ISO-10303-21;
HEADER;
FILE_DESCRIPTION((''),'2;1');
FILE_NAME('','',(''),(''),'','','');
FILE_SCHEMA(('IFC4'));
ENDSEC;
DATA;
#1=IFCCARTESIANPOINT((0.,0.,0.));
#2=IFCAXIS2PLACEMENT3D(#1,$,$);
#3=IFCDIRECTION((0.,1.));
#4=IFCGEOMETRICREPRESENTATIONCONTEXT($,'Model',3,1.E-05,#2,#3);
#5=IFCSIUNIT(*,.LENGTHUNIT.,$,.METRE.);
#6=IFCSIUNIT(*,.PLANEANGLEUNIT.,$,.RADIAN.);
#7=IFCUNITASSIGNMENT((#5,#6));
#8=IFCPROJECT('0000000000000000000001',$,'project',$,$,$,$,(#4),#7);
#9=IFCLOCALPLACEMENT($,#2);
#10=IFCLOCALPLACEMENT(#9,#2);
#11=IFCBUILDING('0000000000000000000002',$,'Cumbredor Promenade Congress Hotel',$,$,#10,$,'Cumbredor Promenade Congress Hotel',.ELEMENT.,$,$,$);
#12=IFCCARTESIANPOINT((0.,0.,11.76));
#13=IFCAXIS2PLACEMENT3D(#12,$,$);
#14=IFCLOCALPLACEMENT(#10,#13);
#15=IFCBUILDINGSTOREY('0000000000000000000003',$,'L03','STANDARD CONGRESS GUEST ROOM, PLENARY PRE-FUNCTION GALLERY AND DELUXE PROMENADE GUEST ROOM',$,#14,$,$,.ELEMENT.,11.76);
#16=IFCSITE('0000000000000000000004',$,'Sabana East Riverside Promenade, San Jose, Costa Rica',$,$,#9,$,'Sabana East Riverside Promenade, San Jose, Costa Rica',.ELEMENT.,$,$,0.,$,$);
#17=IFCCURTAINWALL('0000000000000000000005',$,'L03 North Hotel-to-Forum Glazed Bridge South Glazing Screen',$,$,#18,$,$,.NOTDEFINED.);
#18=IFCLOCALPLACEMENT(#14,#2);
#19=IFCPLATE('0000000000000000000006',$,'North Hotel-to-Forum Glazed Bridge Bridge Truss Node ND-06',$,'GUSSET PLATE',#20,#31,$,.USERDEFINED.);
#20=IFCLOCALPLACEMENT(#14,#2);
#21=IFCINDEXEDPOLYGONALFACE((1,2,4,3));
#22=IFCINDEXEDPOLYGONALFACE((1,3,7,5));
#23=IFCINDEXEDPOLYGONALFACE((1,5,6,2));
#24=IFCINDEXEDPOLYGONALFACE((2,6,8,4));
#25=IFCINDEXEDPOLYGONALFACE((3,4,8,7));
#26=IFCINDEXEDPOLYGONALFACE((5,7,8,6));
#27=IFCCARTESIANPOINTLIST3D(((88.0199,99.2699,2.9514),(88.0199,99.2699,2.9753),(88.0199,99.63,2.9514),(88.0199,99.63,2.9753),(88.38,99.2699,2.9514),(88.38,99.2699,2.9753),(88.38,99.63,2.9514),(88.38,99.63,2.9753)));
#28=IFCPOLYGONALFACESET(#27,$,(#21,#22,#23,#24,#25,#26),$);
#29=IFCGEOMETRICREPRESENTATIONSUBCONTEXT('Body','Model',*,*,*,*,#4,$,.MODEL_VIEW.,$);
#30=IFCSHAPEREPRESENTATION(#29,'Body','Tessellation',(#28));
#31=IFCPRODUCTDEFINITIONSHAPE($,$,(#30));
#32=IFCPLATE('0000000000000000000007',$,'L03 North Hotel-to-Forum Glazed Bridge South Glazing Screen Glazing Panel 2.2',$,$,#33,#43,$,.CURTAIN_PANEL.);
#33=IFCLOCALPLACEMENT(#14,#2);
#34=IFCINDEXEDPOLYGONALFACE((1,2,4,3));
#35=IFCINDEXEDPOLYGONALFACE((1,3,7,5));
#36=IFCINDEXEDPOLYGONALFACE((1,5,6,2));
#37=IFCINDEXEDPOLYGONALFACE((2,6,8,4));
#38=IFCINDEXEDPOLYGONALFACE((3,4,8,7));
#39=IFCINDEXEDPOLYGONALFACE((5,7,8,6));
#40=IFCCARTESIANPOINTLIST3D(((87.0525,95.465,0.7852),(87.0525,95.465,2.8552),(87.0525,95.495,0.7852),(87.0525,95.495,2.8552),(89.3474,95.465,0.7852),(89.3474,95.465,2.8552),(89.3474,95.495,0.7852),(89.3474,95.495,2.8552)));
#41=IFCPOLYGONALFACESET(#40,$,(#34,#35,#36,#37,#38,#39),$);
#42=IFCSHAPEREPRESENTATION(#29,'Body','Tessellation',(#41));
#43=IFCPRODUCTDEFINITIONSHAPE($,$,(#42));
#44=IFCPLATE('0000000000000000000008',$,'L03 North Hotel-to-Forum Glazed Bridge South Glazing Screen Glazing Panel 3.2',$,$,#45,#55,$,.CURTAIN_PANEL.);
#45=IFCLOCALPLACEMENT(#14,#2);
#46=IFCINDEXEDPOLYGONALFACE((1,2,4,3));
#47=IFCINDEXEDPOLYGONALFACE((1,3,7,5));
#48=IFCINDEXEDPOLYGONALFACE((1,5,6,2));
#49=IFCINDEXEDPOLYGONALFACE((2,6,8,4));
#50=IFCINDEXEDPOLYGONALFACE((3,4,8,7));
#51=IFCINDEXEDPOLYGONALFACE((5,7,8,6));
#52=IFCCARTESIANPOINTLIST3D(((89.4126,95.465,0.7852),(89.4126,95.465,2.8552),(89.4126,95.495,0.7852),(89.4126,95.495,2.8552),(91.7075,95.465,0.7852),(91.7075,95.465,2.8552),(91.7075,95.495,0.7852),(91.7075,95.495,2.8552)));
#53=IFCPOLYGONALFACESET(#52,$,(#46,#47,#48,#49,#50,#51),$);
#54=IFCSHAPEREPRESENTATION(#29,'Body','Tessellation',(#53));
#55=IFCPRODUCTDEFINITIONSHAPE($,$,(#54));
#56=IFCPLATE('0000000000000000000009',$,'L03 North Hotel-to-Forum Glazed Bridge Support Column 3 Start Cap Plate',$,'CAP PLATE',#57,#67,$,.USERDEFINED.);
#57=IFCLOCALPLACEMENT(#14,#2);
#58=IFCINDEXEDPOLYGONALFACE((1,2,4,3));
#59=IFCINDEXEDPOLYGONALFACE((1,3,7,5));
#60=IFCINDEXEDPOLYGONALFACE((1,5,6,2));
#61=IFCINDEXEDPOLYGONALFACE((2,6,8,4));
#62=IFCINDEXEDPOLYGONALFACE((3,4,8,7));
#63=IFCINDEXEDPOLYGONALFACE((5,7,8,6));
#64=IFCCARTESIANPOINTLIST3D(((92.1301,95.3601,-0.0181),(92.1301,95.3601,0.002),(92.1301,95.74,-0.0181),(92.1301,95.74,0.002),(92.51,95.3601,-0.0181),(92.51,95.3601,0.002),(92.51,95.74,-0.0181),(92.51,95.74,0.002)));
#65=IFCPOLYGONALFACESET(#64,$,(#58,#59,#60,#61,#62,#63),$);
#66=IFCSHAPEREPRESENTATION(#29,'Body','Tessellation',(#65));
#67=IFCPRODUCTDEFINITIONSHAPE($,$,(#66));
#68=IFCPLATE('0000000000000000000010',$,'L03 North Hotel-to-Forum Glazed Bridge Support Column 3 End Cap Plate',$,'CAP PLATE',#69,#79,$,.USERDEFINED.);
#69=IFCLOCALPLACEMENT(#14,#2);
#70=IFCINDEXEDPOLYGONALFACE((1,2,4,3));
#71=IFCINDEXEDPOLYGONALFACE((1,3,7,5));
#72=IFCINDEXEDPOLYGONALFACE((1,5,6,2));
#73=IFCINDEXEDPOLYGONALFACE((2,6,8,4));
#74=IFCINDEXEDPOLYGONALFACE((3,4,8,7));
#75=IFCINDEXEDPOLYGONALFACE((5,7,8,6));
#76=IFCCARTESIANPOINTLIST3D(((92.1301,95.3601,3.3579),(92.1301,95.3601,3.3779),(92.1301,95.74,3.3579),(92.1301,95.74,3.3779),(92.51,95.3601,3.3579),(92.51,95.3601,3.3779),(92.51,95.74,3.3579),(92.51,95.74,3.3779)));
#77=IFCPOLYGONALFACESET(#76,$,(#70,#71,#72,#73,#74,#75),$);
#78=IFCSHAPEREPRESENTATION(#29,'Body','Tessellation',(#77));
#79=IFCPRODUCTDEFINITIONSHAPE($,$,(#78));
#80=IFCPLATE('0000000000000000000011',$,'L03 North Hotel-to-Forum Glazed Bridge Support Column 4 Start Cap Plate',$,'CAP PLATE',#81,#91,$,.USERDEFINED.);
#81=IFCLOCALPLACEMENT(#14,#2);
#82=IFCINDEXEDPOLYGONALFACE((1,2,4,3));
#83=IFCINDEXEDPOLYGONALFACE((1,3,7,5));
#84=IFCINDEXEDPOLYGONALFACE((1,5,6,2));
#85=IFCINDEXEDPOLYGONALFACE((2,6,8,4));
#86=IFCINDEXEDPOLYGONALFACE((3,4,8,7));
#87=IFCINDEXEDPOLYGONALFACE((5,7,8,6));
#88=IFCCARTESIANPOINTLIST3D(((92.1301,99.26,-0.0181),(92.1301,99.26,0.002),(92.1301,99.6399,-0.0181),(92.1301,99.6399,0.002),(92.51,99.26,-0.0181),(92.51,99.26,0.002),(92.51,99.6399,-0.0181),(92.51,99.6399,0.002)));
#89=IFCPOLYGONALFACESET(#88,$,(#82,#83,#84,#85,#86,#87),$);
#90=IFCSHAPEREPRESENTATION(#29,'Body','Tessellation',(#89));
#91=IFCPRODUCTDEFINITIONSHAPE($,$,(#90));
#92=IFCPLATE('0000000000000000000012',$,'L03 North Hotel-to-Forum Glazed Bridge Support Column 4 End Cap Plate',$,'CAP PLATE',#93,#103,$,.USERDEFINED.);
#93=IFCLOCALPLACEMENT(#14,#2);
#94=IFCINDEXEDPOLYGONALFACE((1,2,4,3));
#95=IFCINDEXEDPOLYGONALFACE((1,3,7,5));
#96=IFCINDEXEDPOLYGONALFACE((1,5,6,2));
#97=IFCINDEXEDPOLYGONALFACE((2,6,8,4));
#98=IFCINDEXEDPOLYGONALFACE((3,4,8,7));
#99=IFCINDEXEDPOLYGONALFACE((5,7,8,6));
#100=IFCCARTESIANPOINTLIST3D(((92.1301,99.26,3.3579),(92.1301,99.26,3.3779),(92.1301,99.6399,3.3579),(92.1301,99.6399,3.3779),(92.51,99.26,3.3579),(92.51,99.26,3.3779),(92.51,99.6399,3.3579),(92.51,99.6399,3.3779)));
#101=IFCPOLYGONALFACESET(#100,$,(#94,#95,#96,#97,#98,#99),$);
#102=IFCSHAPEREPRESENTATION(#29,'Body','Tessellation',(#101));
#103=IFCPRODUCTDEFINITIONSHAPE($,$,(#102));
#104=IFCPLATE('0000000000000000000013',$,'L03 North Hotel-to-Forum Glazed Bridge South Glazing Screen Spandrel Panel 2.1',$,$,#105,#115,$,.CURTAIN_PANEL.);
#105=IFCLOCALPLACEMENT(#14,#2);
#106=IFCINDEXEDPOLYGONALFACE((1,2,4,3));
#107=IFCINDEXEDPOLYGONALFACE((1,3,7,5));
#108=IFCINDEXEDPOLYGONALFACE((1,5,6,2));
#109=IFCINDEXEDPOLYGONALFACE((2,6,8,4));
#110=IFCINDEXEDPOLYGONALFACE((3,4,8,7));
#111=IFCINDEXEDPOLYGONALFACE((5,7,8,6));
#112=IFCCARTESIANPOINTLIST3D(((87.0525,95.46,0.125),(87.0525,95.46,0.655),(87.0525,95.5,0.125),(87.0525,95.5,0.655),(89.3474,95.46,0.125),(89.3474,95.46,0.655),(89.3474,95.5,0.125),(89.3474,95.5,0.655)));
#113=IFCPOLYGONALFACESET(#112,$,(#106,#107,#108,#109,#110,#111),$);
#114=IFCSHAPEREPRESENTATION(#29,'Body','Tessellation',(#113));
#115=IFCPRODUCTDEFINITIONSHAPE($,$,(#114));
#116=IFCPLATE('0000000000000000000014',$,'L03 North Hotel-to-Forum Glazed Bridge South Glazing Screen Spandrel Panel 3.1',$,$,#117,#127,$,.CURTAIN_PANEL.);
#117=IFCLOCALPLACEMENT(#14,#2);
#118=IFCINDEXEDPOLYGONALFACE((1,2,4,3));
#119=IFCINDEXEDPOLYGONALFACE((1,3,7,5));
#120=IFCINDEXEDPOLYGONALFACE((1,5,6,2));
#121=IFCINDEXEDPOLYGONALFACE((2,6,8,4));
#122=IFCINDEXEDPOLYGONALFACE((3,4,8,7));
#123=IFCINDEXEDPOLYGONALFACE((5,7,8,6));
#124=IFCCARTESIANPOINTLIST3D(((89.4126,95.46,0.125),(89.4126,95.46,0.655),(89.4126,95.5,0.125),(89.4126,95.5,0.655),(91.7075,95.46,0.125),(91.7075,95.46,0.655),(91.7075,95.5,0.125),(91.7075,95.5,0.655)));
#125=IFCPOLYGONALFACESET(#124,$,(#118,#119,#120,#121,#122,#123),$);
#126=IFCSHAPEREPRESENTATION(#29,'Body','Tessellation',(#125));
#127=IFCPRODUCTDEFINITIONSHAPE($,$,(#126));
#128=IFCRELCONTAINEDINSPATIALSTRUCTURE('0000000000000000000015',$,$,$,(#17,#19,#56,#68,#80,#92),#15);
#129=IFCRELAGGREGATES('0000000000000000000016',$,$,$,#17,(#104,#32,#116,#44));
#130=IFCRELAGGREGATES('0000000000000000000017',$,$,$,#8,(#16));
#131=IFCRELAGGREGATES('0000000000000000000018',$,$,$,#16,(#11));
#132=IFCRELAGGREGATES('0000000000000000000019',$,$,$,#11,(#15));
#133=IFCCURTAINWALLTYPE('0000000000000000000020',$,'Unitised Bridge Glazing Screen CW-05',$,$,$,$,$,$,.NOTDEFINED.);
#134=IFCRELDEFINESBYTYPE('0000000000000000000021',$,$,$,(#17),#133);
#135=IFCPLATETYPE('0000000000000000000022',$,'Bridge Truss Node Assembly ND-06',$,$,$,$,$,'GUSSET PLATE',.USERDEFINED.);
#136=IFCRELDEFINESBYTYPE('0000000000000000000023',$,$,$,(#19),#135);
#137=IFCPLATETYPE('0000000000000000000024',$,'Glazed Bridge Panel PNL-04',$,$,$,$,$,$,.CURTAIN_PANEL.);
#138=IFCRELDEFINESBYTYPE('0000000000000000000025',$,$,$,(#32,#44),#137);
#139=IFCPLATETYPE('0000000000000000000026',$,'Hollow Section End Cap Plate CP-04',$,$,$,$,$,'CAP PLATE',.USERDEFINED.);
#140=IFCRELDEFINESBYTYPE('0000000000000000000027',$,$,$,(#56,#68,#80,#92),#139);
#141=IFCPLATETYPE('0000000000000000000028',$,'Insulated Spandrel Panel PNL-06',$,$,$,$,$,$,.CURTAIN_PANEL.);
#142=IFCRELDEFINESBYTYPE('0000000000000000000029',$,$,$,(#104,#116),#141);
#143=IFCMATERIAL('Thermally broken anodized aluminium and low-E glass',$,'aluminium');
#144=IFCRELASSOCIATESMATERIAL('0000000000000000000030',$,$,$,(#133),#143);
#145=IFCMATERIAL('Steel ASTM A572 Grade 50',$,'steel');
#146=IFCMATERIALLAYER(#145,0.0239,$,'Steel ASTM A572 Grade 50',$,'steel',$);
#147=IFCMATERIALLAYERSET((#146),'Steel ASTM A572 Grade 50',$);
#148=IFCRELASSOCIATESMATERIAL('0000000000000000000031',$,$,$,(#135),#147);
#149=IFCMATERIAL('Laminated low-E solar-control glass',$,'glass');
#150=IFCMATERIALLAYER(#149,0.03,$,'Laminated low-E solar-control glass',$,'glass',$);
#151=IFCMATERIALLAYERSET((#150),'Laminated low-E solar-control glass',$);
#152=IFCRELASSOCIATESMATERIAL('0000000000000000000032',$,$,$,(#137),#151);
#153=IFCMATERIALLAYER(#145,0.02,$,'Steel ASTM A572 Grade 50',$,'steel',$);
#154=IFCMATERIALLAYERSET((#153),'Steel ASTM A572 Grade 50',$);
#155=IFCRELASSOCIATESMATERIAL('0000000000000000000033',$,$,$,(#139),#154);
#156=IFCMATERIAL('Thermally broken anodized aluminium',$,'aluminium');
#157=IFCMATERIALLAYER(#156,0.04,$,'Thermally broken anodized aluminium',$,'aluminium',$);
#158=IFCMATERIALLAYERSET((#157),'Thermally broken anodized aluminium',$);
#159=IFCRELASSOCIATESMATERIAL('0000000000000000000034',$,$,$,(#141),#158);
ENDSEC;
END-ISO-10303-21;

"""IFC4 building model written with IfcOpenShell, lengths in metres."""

from ifc_helpers import new_model, si_unit, direction, frame, origin, origin_2d, place, context, subcontext, project, spatial, rectangle, extrude, material, layer, layer_set, type_object, element, aggregate, save


model = new_model("IFC4")

# Units and contexts
model_context = context("Model", 3, precision=1e-05, world=origin(), true_north=direction((0.0, 1.0)))
body_context = subcontext(model_context, "Body", "Model", "MODEL_VIEW")
ifc_project = project(units=[si_unit("LENGTHUNIT", "METRE"), si_unit("PLANEANGLEUNIT", "RADIAN")], contexts=[model_context])

# Site, building, storey
site_placement = place(None, origin())
site = spatial("IfcSite", under=ifc_project, at=site_placement, Name="Sabana East Riverside Promenade, San Jose, Costa Rica", LongName="Sabana East Riverside Promenade, San Jose, Costa Rica", CompositionType="ELEMENT", RefElevation=0.0)
building_placement = place(site_placement, origin())
building = spatial("IfcBuilding", under=site, at=building_placement, Name="Cumbredor Promenade Congress Hotel", LongName="Cumbredor Promenade Congress Hotel", CompositionType="ELEMENT")
storey_placement = place(building_placement, frame((0.0, 0.0, 11.76)))
storey = spatial("IfcBuildingStorey", under=building, at=storey_placement, Name="L03", Description="STANDARD CONGRESS GUEST ROOM, PLENARY PRE-FUNCTION GALLERY AND DELUXE PROMENADE GUEST ROOM", CompositionType="ELEMENT", Elevation=11.76)

# Curtain wall
ifc_material_1 = material(Name="Thermally broken anodized aluminium and low-E glass", Category="aluminium")
curtain_wall_type_1 = type_object("IfcCurtainWallType", Name="Unitised Bridge Glazing Screen CW-05", PredefinedType="NOTDEFINED", material=ifc_material_1)
curtain_wall_1_placement = place(storey_placement, origin())
curtain_wall_1 = element("IfcCurtainWall", 1, at=curtain_wall_1_placement, inside=storey, type_object=curtain_wall_type_1, Name="L03 North Hotel-to-Forum Glazed Bridge South Glazing Screen", PredefinedType="NOTDEFINED")
ifc_material_2 = material(Name="Thermally broken anodized aluminium", Category="aluminium")

# Plate
ifc_material_3 = material(Name="Steel ASTM A572 Grade 50", Category="steel")
ifc_layer_1 = layer(ifc_material_3, 0.0239, Name="Steel ASTM A572 Grade 50", Category="steel")
ifc_layer_set_1 = layer_set([ifc_layer_1], Name="Steel ASTM A572 Grade 50")
plate_type_1 = type_object("IfcPlateType", Name="Bridge Truss Node Assembly ND-06", ElementType="GUSSET PLATE", PredefinedType="USERDEFINED", material=ifc_layer_set_1)
for number, where, z_axis, x_axis, name in (
    (2, (88.2, 99.45, 2.9514), (0.0, 0.0, 1.0), (1.0, 0.0, 0.0), "North Hotel-to-Forum Glazed Bridge Bridge Truss Node ND-06"),
):
    element("IfcPlate", number, at=place(storey_placement, frame(where, z_axis=z_axis, x_axis=x_axis)), inside=storey, type_object=plate_type_1, Name=name, ObjectType="GUSSET PLATE", PredefinedType="USERDEFINED", context=body_context, shape_type="SweptSolid", body=[
        extrude(rectangle(XDim=0.3601, YDim=0.3601, at=origin_2d()), origin(), (0.0, 0.0, 1.0), 0.0239),
    ])

# Plates
ifc_material_4 = material(Name="Laminated low-E solar-control glass", Category="glass")
ifc_layer_2 = layer(ifc_material_4, 0.03, Name="Laminated low-E solar-control glass", Category="glass")
ifc_layer_set_2 = layer_set([ifc_layer_2], Name="Laminated low-E solar-control glass")
plate_type_2 = type_object("IfcPlateType", Name="Glazed Bridge Panel PNL-04", PredefinedType="CURTAIN_PANEL", material=ifc_layer_set_2)
plate_1_placement = place(storey_placement, frame((88.2, 95.48, 0.7852), z_axis=(0.0, 0.0, 1.0), x_axis=(1.0, 0.0, 0.0)))
plate_1 = element("IfcPlate", 3, at=plate_1_placement, type_object=plate_type_2, Name="L03 North Hotel-to-Forum Glazed Bridge South Glazing Screen Glazing Panel 2.2", PredefinedType="CURTAIN_PANEL", context=body_context, shape_type="SweptSolid", body=[
    extrude(rectangle(XDim=2.2949, YDim=0.03, at=origin_2d()), origin(), (0.0, 0.0, 1.0), 2.0701),
])
plate_2_placement = place(storey_placement, frame((90.5601, 95.48, 0.7852), z_axis=(0.0, 0.0, 1.0), x_axis=(1.0, 0.0, 0.0)))
plate_2 = element("IfcPlate", 4, at=plate_2_placement, type_object=plate_type_2, Name="L03 North Hotel-to-Forum Glazed Bridge South Glazing Screen Glazing Panel 3.2", PredefinedType="CURTAIN_PANEL", context=body_context, shape_type="SweptSolid", body=[
    extrude(rectangle(XDim=2.2949, YDim=0.03, at=origin_2d()), origin(), (0.0, 0.0, 1.0), 2.0701),
])

# Plates
ifc_layer_3 = layer(ifc_material_3, 0.02, Name="Steel ASTM A572 Grade 50", Category="steel")
ifc_layer_set_3 = layer_set([ifc_layer_3], Name="Steel ASTM A572 Grade 50")
plate_type_3 = type_object("IfcPlateType", Name="Hollow Section End Cap Plate CP-04", ElementType="CAP PLATE", PredefinedType="USERDEFINED", material=ifc_layer_set_3)
for number, where, z_axis, x_axis, name in (
    (5, (92.3201, 95.55, -0.0181), (0.0, 0.0, 1.0), (1.0, 0.0, 0.0), "L03 North Hotel-to-Forum Glazed Bridge Support Column 3 Start Cap Plate"),
    (6, (92.3201, 95.55, 3.3579), (0.0, 0.0, 1.0), (1.0, 0.0, 0.0), "L03 North Hotel-to-Forum Glazed Bridge Support Column 3 End Cap Plate"),
    (7, (92.3201, 99.45, -0.0181), (0.0, 0.0, 1.0), (1.0, 0.0, 0.0), "L03 North Hotel-to-Forum Glazed Bridge Support Column 4 Start Cap Plate"),
    (8, (92.3201, 99.45, 3.3579), (0.0, 0.0, 1.0), (1.0, 0.0, 0.0), "L03 North Hotel-to-Forum Glazed Bridge Support Column 4 End Cap Plate"),
):
    element("IfcPlate", number, at=place(storey_placement, frame(where, z_axis=z_axis, x_axis=x_axis)), inside=storey, type_object=plate_type_3, Name=name, ObjectType="CAP PLATE", PredefinedType="USERDEFINED", context=body_context, shape_type="SweptSolid", body=[
        extrude(rectangle(XDim=0.3799, YDim=0.3799, at=origin_2d()), origin(), (0.0, 0.0, 1.0), 0.02),
    ])

# Plates
ifc_layer_4 = layer(ifc_material_2, 0.04, Name="Thermally broken anodized aluminium", Category="aluminium")
ifc_layer_set_4 = layer_set([ifc_layer_4], Name="Thermally broken anodized aluminium")
plate_type_4 = type_object("IfcPlateType", Name="Insulated Spandrel Panel PNL-06", PredefinedType="CURTAIN_PANEL", material=ifc_layer_set_4)
plate_3_placement = place(storey_placement, frame((88.2, 95.48, 0.125), z_axis=(0.0, 0.0, 1.0), x_axis=(1.0, 0.0, 0.0)))
plate_3 = element("IfcPlate", 9, at=plate_3_placement, type_object=plate_type_4, Name="L03 North Hotel-to-Forum Glazed Bridge South Glazing Screen Spandrel Panel 2.1", PredefinedType="CURTAIN_PANEL", context=body_context, shape_type="SweptSolid", body=[
    extrude(rectangle(XDim=2.2949, YDim=0.04, at=origin_2d()), origin(), (0.0, 0.0, 1.0), 0.53),
])
plate_4_placement = place(storey_placement, frame((90.5601, 95.48, 0.125), z_axis=(0.0, 0.0, 1.0), x_axis=(1.0, 0.0, 0.0)))
plate_4 = element("IfcPlate", 10, at=plate_4_placement, type_object=plate_type_4, Name="L03 North Hotel-to-Forum Glazed Bridge South Glazing Screen Spandrel Panel 3.1", PredefinedType="CURTAIN_PANEL", context=body_context, shape_type="SweptSolid", body=[
    extrude(rectangle(XDim=2.2949, YDim=0.04, at=origin_2d()), origin(), (0.0, 0.0, 1.0), 0.53),
])
aggregate(curtain_wall_1, [plate_3, plate_1, plate_4, plate_2])

save(model, "model.ifc")
